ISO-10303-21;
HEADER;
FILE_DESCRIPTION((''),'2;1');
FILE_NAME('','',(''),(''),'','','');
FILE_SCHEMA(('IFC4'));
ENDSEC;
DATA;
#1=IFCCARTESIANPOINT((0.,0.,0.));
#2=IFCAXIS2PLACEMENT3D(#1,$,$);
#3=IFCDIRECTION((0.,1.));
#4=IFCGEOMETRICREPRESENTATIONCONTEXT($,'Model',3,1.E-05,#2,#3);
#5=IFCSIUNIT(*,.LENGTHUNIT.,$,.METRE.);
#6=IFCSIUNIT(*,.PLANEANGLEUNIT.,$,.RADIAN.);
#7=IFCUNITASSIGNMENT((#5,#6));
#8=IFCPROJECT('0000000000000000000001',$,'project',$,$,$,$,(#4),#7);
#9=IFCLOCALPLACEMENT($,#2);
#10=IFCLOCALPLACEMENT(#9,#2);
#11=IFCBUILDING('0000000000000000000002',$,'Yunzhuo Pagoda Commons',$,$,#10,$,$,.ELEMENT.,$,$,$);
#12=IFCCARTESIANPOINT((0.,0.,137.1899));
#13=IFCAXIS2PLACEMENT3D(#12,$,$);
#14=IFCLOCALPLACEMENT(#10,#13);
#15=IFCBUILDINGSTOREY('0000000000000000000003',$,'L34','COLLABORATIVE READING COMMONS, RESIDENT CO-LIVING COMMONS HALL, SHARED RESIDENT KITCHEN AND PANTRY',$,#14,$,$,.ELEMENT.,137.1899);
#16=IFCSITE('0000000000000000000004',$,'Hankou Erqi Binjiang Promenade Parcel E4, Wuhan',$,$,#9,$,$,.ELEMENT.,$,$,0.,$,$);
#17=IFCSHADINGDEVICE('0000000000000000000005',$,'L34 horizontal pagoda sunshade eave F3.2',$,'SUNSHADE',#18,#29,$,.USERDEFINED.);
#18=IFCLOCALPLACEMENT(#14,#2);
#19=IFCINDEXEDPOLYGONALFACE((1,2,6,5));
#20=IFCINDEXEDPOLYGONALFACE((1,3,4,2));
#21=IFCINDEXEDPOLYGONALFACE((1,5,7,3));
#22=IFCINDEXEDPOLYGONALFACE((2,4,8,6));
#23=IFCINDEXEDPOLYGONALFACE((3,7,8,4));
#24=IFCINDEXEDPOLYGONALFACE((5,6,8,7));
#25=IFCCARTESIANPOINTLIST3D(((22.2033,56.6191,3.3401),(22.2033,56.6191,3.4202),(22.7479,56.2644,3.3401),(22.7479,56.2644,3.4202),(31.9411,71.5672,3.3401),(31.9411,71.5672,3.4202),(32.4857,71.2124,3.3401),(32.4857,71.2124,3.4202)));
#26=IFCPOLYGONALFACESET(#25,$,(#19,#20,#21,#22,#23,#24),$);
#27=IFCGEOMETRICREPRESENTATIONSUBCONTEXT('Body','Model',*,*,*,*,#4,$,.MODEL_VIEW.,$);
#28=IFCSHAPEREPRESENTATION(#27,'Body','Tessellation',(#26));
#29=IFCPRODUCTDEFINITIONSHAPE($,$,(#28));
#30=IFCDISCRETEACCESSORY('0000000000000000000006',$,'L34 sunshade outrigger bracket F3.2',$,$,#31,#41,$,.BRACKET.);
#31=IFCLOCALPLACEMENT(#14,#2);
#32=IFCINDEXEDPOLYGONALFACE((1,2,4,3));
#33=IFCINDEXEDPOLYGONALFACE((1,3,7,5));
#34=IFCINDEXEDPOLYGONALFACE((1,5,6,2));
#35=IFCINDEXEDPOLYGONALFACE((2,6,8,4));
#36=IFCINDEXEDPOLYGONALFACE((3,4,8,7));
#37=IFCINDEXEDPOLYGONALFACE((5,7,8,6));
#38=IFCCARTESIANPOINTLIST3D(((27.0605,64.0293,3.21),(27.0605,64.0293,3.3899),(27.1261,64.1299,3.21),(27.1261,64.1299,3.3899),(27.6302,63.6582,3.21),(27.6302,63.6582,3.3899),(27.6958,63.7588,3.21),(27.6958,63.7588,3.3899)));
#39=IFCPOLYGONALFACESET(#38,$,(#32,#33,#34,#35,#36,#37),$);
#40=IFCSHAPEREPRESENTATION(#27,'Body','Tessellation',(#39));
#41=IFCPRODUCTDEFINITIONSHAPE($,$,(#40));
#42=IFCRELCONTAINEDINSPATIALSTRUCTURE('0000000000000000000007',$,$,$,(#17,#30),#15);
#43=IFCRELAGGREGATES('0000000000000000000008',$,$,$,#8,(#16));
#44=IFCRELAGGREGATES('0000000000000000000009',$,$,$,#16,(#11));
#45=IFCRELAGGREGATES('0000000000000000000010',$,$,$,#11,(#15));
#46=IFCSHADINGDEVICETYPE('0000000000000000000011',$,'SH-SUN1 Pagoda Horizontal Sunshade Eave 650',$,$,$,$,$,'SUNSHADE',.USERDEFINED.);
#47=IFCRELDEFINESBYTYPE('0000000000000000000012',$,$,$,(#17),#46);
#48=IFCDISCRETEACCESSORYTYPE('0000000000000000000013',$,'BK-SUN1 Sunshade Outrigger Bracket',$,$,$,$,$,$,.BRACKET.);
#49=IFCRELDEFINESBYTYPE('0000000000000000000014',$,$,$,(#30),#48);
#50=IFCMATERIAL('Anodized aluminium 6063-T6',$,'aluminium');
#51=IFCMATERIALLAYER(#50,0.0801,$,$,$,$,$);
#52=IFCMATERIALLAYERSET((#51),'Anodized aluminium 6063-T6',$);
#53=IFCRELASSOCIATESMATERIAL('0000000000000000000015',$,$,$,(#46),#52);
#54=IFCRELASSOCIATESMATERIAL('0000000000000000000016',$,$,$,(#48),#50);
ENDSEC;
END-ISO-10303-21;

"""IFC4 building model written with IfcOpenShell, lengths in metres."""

from ifc_helpers import new_model, si_unit, direction, frame, origin, origin_2d, place, context, subcontext, project, spatial, rectangle, extrude, source, transform, mapped, material, layer, layer_set, type_object, element, save


model = new_model("IFC4")

# Units and contexts
model_context = context("Model", 3, precision=1e-05, world=origin(), true_north=direction((0.0, 1.0)))
body_context = subcontext(model_context, "Body", "Model", "MODEL_VIEW")
ifc_project = project(units=[si_unit("LENGTHUNIT", "METRE"), si_unit("PLANEANGLEUNIT", "RADIAN")], contexts=[model_context])

# Site, building, storey
site_placement = place(None, origin())
site = spatial("IfcSite", under=ifc_project, at=site_placement, Name="Hankou Erqi Binjiang Promenade Parcel E4, Wuhan", CompositionType="ELEMENT", RefElevation=0.0)
building_placement = place(site_placement, origin())
building = spatial("IfcBuilding", under=site, at=building_placement, Name="Yunzhuo Pagoda Commons", CompositionType="ELEMENT")
storey_placement = place(building_placement, frame((0.0, 0.0, 137.1899)))
storey = spatial("IfcBuildingStorey", under=building, at=storey_placement, Name="L34", Description="COLLABORATIVE READING COMMONS, RESIDENT CO-LIVING COMMONS HALL, SHARED RESIDENT KITCHEN AND PANTRY", CompositionType="ELEMENT", Elevation=137.1899)

# Shared definitions
ifc_material_1 = material(Name="Anodized aluminium 6063-T6", Category="aluminium")

# Shading device
ifc_layer_1 = layer(ifc_material_1, 0.0801)
ifc_layer_set_1 = layer_set([ifc_layer_1], Name="Anodized aluminium 6063-T6")
shading_device_type = type_object("IfcShadingDeviceType", Name="SH-SUN1 Pagoda Horizontal Sunshade Eave 650", ElementType="SUNSHADE", PredefinedType="USERDEFINED", material=ifc_layer_set_1)
shared_shape_1 = source(origin(), body_context, "Body", "SweptSolid", [
    extrude(rectangle(XDim=17.8401, YDim=0.6499, at=origin_2d()), origin(), (0.0, 0.0, 1.0), 0.0801),
])
shading_device_1_placement = place(storey_placement, frame((27.3445, 63.9158, 3.3401), z_axis=(0.0, 0.0, 1.0), x_axis=(-0.545839, -0.83789, 0.0)))
element("IfcShadingDevice", 1, at=shading_device_1_placement, inside=storey, type_object=shading_device_type, Name="L34 horizontal pagoda sunshade eave F3.2", ObjectType="SUNSHADE", PredefinedType="USERDEFINED", context=body_context, shape_type="MappedRepresentation", body=[
    mapped(shared_shape_1, transform((0.0, 0.0, 0.0), scale=1.0)),
])

# Discrete accessory
discrete_accessory_type = type_object("IfcDiscreteAccessoryType", Name="BK-SUN1 Sunshade Outrigger Bracket", PredefinedType="BRACKET", material=ifc_material_1)
shared_shape_2 = source(origin(), body_context, "Body", "SweptSolid", [
    extrude(rectangle(XDim=0.1201, YDim=0.6799, at=origin_2d()), origin(), (0.0, 0.0, 1.0), 0.1799),
])
discrete_accessory_placement = place(storey_placement, frame((27.3782, 63.894, 3.21), z_axis=(0.0, 0.0, 1.0), x_axis=(-0.545839, -0.83789, 0.0)))
element("IfcDiscreteAccessory", 2, at=discrete_accessory_placement, inside=storey, type_object=discrete_accessory_type, Name="L34 sunshade outrigger bracket F3.2", PredefinedType="BRACKET", context=body_context, shape_type="MappedRepresentation", body=[
    mapped(shared_shape_2, transform((0.0, 0.0, 0.0), scale=1.0)),
])

save(model, "model.ifc")
